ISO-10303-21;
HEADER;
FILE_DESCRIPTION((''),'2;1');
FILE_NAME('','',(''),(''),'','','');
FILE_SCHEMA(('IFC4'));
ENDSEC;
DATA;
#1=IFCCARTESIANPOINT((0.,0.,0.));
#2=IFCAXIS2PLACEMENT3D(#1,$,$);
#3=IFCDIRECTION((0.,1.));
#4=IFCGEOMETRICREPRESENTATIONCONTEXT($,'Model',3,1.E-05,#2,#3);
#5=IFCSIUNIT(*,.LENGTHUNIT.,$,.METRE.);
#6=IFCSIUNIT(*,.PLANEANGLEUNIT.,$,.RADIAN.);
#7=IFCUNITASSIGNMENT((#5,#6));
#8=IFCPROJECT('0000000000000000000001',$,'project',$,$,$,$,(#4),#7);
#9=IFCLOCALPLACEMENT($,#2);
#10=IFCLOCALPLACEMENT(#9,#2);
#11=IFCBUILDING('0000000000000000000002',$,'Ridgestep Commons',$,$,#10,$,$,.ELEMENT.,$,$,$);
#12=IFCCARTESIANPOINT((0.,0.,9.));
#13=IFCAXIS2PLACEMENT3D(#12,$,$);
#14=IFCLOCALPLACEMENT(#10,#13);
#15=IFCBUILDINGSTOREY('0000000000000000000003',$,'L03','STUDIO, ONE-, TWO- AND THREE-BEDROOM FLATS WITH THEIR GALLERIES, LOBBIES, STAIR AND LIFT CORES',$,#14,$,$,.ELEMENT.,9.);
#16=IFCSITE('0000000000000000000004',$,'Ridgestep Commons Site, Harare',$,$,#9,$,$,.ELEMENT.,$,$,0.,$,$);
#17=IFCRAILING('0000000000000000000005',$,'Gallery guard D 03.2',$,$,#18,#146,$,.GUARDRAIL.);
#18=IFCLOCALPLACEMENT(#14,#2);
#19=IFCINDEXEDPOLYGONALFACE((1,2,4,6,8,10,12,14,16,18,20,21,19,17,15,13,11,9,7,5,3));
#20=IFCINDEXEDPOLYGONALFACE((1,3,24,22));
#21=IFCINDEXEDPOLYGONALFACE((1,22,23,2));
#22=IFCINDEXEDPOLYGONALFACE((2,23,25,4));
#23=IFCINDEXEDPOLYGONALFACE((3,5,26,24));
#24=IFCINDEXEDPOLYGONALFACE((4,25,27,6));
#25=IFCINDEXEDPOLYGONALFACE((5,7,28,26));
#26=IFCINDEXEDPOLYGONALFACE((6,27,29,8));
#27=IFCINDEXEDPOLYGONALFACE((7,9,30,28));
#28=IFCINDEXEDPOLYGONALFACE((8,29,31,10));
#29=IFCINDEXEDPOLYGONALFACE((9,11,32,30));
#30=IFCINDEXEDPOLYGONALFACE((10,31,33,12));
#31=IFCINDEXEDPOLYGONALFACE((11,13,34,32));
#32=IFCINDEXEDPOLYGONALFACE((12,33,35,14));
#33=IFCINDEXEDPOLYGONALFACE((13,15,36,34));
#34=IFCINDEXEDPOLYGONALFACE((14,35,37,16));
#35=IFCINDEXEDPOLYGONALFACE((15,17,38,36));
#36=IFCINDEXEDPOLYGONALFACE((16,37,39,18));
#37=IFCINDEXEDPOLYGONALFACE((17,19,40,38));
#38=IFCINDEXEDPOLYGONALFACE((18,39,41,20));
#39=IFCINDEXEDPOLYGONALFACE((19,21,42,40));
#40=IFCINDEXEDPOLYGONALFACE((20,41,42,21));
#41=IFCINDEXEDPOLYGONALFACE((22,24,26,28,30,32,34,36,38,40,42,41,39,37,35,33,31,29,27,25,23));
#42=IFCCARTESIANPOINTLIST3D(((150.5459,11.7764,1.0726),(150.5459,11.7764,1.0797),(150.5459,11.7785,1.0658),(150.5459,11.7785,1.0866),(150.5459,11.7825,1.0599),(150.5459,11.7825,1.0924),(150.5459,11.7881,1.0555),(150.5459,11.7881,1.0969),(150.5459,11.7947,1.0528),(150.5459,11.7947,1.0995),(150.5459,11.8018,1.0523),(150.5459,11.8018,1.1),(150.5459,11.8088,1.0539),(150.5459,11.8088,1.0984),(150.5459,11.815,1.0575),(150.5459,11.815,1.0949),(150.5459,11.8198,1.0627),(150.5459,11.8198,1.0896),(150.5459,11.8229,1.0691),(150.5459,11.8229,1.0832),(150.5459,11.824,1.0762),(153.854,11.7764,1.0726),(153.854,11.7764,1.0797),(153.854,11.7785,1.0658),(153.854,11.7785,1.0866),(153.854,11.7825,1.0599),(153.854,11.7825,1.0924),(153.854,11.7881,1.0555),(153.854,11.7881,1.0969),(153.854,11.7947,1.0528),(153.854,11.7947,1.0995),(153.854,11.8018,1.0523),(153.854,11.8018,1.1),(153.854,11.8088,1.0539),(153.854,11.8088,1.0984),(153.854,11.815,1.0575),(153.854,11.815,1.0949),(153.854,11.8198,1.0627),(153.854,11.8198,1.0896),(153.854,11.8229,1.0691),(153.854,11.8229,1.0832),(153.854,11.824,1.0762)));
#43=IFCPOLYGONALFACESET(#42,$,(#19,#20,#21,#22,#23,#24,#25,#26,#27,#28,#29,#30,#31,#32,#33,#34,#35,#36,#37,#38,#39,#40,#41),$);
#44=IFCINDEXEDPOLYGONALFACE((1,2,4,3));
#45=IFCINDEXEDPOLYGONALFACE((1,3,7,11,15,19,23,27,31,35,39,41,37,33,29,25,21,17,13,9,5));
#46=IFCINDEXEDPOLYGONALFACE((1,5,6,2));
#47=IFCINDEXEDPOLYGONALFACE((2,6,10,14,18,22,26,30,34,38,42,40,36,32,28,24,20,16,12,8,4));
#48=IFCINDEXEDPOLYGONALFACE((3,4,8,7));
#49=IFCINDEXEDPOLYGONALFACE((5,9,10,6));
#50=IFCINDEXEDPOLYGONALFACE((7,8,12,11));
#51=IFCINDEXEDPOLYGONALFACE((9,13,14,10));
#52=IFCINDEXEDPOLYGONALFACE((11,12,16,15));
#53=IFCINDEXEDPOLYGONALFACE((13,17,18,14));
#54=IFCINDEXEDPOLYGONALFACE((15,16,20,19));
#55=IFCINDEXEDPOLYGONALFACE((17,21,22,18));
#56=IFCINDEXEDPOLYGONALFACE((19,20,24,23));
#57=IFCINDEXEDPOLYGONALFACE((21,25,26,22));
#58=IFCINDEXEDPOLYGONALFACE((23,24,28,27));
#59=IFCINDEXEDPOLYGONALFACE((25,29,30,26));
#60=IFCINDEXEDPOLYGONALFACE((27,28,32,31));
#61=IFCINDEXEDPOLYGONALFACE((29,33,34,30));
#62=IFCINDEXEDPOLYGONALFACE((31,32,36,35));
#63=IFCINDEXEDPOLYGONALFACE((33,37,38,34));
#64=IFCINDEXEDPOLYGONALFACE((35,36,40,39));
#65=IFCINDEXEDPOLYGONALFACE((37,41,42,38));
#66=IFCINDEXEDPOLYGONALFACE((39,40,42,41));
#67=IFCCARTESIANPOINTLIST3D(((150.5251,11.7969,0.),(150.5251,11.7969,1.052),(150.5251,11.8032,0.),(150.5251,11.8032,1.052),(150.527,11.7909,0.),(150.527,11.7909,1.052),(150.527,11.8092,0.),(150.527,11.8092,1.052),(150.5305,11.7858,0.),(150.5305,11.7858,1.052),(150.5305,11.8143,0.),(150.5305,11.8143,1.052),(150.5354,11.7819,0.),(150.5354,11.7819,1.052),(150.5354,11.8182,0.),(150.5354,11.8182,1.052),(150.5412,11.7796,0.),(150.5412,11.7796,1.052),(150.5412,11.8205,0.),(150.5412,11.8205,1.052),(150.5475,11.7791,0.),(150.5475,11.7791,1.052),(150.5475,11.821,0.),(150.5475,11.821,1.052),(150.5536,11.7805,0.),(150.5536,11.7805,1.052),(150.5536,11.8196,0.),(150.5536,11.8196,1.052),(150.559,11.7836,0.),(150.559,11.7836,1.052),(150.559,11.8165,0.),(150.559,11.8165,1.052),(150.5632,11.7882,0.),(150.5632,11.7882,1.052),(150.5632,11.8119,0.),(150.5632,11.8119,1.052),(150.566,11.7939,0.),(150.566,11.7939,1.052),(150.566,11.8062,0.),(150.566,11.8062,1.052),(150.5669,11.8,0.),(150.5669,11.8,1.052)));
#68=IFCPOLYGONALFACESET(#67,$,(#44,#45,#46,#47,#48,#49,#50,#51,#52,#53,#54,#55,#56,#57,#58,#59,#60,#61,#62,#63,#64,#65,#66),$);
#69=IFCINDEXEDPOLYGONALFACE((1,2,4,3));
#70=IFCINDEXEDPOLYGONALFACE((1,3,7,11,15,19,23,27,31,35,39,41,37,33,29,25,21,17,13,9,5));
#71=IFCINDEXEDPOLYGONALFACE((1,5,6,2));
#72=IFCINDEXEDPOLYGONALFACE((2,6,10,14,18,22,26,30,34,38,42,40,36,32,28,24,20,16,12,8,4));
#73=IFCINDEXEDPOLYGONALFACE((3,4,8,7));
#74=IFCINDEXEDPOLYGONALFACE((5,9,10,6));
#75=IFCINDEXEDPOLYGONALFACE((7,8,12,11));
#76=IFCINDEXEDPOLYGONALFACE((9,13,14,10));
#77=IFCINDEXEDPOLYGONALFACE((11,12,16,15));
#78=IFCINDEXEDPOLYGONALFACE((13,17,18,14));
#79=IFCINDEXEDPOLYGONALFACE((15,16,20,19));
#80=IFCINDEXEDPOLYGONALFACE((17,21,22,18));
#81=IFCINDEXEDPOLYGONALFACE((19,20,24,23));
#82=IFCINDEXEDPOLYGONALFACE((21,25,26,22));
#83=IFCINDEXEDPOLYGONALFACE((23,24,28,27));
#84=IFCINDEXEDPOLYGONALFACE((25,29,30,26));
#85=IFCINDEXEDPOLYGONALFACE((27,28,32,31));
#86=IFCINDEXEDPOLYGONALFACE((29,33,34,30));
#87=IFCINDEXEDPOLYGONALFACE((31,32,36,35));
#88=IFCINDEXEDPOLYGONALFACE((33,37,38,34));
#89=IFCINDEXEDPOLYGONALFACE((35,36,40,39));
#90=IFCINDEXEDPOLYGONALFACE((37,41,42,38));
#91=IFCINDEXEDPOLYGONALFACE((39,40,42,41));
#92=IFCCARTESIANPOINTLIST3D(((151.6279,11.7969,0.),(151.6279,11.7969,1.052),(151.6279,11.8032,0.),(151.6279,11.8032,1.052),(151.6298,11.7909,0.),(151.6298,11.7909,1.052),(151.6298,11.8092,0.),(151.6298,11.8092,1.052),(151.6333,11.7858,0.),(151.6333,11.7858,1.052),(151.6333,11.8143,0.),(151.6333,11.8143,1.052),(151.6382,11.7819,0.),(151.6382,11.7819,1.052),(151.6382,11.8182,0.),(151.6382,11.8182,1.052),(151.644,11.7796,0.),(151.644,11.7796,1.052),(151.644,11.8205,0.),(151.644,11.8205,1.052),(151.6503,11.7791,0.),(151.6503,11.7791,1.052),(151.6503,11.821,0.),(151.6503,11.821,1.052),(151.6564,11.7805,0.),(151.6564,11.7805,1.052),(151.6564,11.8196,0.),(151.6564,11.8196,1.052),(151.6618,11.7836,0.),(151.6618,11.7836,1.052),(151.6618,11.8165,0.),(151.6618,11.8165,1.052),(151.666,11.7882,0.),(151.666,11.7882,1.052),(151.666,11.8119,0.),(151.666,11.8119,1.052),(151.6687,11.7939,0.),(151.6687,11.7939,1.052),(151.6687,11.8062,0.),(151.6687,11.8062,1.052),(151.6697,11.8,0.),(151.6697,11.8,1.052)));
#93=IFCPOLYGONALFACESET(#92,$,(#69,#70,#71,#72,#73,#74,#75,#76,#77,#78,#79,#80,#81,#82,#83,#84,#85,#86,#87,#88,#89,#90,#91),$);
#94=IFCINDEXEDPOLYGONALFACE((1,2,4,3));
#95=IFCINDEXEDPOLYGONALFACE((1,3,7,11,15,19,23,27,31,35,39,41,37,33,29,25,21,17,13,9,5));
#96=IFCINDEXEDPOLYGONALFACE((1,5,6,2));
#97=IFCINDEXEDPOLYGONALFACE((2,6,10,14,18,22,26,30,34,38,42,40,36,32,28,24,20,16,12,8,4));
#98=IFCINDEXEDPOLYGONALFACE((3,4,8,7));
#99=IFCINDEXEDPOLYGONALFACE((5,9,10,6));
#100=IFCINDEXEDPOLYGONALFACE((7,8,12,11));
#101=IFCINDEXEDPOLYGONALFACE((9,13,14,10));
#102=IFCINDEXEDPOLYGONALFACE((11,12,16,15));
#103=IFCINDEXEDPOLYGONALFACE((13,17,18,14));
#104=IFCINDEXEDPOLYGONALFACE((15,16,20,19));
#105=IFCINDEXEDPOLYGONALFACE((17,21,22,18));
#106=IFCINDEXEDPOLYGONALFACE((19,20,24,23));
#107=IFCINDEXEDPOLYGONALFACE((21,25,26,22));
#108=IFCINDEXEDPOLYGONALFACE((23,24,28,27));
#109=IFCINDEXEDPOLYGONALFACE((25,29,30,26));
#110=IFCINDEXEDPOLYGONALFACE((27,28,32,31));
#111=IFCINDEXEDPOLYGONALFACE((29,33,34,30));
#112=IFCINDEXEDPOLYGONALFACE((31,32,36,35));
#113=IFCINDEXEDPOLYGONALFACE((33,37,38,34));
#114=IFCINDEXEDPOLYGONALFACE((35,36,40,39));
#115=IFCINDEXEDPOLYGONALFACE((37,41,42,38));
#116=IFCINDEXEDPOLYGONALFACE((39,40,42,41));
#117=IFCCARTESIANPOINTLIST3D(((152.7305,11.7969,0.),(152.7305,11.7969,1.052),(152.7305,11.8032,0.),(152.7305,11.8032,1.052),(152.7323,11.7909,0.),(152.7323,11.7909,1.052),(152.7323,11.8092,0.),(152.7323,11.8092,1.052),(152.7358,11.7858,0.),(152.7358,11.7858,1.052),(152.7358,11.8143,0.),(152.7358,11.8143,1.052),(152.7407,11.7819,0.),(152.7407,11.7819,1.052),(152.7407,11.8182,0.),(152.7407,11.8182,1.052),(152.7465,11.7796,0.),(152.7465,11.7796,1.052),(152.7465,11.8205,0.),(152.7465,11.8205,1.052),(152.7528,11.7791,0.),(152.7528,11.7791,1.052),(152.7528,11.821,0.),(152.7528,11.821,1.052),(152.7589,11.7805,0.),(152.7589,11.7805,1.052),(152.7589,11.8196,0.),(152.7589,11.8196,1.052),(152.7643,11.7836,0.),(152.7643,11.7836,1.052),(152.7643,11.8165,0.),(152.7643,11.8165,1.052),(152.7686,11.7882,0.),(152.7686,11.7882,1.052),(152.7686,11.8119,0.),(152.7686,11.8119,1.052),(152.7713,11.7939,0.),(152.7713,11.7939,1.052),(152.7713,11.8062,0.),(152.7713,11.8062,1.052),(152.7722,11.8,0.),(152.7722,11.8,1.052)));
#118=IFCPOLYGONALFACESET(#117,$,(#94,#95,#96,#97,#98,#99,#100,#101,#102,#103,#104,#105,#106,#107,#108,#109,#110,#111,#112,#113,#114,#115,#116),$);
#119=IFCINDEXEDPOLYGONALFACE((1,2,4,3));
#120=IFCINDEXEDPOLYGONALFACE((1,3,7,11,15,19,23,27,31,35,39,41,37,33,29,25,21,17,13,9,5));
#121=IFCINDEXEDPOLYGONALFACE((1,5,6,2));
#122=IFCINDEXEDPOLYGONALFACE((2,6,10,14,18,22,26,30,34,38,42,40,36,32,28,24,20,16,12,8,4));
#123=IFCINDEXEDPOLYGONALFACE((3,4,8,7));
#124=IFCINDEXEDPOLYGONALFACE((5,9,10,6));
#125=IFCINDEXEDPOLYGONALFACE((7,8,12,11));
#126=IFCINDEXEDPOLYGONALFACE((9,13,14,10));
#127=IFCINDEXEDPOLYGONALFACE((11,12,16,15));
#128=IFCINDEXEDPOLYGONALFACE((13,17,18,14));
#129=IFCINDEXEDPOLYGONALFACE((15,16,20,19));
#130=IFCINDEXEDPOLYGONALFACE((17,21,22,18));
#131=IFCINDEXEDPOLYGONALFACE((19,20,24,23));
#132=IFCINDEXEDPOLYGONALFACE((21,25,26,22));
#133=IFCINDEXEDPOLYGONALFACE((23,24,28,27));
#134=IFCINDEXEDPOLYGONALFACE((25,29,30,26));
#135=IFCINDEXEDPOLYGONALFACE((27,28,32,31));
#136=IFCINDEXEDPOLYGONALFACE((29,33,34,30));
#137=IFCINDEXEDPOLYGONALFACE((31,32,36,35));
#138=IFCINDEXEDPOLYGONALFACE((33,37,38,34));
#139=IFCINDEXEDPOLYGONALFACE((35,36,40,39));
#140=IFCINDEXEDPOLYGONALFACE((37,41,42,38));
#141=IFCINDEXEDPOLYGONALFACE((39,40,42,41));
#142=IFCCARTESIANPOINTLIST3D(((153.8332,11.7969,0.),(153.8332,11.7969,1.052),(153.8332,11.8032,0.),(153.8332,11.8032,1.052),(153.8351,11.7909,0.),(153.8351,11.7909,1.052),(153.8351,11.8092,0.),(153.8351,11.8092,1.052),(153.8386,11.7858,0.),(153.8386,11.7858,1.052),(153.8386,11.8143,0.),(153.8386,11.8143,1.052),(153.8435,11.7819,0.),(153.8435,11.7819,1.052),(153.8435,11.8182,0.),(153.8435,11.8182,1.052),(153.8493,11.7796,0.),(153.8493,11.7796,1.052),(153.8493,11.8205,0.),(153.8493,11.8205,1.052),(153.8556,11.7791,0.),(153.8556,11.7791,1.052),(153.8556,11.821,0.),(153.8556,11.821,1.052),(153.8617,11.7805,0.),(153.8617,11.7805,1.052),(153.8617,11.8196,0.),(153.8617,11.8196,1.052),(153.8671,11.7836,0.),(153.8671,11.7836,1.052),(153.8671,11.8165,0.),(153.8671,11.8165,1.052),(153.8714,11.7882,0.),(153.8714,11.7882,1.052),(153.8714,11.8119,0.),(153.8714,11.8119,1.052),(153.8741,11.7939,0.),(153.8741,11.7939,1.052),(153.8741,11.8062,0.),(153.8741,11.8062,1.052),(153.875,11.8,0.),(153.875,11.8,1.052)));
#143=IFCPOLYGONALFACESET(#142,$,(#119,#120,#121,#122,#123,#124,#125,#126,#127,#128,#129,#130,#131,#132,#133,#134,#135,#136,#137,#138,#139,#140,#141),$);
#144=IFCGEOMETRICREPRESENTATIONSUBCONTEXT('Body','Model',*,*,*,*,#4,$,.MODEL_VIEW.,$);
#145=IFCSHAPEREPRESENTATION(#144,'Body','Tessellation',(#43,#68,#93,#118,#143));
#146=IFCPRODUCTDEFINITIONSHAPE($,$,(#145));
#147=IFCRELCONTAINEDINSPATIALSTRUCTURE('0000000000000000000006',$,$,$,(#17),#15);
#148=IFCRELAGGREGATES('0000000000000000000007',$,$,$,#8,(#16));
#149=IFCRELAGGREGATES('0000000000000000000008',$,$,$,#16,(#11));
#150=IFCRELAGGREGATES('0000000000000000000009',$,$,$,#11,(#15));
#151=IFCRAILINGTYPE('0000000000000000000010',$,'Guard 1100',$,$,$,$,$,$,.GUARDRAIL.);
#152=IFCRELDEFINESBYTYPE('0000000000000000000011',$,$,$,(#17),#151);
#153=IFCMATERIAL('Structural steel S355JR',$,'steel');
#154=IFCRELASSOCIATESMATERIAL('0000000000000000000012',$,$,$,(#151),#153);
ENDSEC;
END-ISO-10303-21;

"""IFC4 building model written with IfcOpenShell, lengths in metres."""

from ifc_helpers import new_model, si_unit, direction, frame, origin, origin_2d, place, context, subcontext, project, spatial, circle, extrude, material, type_object, element, save


model = new_model("IFC4")

# Units and contexts
model_context = context("Model", 3, precision=1e-05, world=origin(), true_north=direction((0.0, 1.0)))
body_context = subcontext(model_context, "Body", "Model", "MODEL_VIEW")
ifc_project = project(units=[si_unit("LENGTHUNIT", "METRE"), si_unit("PLANEANGLEUNIT", "RADIAN")], contexts=[model_context])

# Site, building, storey
site_placement = place(None, origin())
site = spatial("IfcSite", under=ifc_project, at=site_placement, Name="Ridgestep Commons Site, Harare", CompositionType="ELEMENT", RefElevation=0.0)
building_placement = place(site_placement, origin())
building = spatial("IfcBuilding", under=site, at=building_placement, Name="Ridgestep Commons", CompositionType="ELEMENT")
storey_placement = place(building_placement, frame((0.0, 0.0, 9.0)))
storey = spatial("IfcBuildingStorey", under=building, at=storey_placement, Name="L03", Description="STUDIO, ONE-, TWO- AND THREE-BEDROOM FLATS WITH THEIR GALLERIES, LOBBIES, STAIR AND LIFT CORES", CompositionType="ELEMENT", Elevation=9.0)

# Railing
ifc_material_1 = material(Name="Structural steel S355JR", Category="steel")
railing_type = type_object("IfcRailingType", Name="Guard 1100", PredefinedType="GUARDRAIL", material=ifc_material_1)
for number, where, name in (
    (1, (150.5459, 11.8, 0.0), "Gallery guard D 03.2"),
):
    element("IfcRailing", number, at=place(storey_placement, frame(where)), inside=storey, type_object=railing_type, Name=name, PredefinedType="GUARDRAIL", context=body_context, shape_type="SweptSolid", body=[
        extrude(circle(Radius=0.0239, at=origin_2d()), frame((0.0, 0.0, 1.0762), z_axis=(1.0, 0.0, 0.0), x_axis=(0.0, 1.0, 0.0)), (0.0, 0.0, 1.0), 3.3081),
        extrude(circle(Radius=0.021, at=origin_2d()), origin(), (0.0, 0.0, 1.0), 1.052),
        extrude(circle(Radius=0.021, at=origin_2d()), frame((1.1028, 0.0, 0.0)), (0.0, 0.0, 1.0), 1.052),
        extrude(circle(Radius=0.021, at=origin_2d()), frame((2.2053, 0.0, 0.0)), (0.0, 0.0, 1.0), 1.052),
        extrude(circle(Radius=0.021, at=origin_2d()), frame((3.3081, 0.0, 0.0)), (0.0, 0.0, 1.0), 1.052),
    ])

save(model, "model.ifc")
